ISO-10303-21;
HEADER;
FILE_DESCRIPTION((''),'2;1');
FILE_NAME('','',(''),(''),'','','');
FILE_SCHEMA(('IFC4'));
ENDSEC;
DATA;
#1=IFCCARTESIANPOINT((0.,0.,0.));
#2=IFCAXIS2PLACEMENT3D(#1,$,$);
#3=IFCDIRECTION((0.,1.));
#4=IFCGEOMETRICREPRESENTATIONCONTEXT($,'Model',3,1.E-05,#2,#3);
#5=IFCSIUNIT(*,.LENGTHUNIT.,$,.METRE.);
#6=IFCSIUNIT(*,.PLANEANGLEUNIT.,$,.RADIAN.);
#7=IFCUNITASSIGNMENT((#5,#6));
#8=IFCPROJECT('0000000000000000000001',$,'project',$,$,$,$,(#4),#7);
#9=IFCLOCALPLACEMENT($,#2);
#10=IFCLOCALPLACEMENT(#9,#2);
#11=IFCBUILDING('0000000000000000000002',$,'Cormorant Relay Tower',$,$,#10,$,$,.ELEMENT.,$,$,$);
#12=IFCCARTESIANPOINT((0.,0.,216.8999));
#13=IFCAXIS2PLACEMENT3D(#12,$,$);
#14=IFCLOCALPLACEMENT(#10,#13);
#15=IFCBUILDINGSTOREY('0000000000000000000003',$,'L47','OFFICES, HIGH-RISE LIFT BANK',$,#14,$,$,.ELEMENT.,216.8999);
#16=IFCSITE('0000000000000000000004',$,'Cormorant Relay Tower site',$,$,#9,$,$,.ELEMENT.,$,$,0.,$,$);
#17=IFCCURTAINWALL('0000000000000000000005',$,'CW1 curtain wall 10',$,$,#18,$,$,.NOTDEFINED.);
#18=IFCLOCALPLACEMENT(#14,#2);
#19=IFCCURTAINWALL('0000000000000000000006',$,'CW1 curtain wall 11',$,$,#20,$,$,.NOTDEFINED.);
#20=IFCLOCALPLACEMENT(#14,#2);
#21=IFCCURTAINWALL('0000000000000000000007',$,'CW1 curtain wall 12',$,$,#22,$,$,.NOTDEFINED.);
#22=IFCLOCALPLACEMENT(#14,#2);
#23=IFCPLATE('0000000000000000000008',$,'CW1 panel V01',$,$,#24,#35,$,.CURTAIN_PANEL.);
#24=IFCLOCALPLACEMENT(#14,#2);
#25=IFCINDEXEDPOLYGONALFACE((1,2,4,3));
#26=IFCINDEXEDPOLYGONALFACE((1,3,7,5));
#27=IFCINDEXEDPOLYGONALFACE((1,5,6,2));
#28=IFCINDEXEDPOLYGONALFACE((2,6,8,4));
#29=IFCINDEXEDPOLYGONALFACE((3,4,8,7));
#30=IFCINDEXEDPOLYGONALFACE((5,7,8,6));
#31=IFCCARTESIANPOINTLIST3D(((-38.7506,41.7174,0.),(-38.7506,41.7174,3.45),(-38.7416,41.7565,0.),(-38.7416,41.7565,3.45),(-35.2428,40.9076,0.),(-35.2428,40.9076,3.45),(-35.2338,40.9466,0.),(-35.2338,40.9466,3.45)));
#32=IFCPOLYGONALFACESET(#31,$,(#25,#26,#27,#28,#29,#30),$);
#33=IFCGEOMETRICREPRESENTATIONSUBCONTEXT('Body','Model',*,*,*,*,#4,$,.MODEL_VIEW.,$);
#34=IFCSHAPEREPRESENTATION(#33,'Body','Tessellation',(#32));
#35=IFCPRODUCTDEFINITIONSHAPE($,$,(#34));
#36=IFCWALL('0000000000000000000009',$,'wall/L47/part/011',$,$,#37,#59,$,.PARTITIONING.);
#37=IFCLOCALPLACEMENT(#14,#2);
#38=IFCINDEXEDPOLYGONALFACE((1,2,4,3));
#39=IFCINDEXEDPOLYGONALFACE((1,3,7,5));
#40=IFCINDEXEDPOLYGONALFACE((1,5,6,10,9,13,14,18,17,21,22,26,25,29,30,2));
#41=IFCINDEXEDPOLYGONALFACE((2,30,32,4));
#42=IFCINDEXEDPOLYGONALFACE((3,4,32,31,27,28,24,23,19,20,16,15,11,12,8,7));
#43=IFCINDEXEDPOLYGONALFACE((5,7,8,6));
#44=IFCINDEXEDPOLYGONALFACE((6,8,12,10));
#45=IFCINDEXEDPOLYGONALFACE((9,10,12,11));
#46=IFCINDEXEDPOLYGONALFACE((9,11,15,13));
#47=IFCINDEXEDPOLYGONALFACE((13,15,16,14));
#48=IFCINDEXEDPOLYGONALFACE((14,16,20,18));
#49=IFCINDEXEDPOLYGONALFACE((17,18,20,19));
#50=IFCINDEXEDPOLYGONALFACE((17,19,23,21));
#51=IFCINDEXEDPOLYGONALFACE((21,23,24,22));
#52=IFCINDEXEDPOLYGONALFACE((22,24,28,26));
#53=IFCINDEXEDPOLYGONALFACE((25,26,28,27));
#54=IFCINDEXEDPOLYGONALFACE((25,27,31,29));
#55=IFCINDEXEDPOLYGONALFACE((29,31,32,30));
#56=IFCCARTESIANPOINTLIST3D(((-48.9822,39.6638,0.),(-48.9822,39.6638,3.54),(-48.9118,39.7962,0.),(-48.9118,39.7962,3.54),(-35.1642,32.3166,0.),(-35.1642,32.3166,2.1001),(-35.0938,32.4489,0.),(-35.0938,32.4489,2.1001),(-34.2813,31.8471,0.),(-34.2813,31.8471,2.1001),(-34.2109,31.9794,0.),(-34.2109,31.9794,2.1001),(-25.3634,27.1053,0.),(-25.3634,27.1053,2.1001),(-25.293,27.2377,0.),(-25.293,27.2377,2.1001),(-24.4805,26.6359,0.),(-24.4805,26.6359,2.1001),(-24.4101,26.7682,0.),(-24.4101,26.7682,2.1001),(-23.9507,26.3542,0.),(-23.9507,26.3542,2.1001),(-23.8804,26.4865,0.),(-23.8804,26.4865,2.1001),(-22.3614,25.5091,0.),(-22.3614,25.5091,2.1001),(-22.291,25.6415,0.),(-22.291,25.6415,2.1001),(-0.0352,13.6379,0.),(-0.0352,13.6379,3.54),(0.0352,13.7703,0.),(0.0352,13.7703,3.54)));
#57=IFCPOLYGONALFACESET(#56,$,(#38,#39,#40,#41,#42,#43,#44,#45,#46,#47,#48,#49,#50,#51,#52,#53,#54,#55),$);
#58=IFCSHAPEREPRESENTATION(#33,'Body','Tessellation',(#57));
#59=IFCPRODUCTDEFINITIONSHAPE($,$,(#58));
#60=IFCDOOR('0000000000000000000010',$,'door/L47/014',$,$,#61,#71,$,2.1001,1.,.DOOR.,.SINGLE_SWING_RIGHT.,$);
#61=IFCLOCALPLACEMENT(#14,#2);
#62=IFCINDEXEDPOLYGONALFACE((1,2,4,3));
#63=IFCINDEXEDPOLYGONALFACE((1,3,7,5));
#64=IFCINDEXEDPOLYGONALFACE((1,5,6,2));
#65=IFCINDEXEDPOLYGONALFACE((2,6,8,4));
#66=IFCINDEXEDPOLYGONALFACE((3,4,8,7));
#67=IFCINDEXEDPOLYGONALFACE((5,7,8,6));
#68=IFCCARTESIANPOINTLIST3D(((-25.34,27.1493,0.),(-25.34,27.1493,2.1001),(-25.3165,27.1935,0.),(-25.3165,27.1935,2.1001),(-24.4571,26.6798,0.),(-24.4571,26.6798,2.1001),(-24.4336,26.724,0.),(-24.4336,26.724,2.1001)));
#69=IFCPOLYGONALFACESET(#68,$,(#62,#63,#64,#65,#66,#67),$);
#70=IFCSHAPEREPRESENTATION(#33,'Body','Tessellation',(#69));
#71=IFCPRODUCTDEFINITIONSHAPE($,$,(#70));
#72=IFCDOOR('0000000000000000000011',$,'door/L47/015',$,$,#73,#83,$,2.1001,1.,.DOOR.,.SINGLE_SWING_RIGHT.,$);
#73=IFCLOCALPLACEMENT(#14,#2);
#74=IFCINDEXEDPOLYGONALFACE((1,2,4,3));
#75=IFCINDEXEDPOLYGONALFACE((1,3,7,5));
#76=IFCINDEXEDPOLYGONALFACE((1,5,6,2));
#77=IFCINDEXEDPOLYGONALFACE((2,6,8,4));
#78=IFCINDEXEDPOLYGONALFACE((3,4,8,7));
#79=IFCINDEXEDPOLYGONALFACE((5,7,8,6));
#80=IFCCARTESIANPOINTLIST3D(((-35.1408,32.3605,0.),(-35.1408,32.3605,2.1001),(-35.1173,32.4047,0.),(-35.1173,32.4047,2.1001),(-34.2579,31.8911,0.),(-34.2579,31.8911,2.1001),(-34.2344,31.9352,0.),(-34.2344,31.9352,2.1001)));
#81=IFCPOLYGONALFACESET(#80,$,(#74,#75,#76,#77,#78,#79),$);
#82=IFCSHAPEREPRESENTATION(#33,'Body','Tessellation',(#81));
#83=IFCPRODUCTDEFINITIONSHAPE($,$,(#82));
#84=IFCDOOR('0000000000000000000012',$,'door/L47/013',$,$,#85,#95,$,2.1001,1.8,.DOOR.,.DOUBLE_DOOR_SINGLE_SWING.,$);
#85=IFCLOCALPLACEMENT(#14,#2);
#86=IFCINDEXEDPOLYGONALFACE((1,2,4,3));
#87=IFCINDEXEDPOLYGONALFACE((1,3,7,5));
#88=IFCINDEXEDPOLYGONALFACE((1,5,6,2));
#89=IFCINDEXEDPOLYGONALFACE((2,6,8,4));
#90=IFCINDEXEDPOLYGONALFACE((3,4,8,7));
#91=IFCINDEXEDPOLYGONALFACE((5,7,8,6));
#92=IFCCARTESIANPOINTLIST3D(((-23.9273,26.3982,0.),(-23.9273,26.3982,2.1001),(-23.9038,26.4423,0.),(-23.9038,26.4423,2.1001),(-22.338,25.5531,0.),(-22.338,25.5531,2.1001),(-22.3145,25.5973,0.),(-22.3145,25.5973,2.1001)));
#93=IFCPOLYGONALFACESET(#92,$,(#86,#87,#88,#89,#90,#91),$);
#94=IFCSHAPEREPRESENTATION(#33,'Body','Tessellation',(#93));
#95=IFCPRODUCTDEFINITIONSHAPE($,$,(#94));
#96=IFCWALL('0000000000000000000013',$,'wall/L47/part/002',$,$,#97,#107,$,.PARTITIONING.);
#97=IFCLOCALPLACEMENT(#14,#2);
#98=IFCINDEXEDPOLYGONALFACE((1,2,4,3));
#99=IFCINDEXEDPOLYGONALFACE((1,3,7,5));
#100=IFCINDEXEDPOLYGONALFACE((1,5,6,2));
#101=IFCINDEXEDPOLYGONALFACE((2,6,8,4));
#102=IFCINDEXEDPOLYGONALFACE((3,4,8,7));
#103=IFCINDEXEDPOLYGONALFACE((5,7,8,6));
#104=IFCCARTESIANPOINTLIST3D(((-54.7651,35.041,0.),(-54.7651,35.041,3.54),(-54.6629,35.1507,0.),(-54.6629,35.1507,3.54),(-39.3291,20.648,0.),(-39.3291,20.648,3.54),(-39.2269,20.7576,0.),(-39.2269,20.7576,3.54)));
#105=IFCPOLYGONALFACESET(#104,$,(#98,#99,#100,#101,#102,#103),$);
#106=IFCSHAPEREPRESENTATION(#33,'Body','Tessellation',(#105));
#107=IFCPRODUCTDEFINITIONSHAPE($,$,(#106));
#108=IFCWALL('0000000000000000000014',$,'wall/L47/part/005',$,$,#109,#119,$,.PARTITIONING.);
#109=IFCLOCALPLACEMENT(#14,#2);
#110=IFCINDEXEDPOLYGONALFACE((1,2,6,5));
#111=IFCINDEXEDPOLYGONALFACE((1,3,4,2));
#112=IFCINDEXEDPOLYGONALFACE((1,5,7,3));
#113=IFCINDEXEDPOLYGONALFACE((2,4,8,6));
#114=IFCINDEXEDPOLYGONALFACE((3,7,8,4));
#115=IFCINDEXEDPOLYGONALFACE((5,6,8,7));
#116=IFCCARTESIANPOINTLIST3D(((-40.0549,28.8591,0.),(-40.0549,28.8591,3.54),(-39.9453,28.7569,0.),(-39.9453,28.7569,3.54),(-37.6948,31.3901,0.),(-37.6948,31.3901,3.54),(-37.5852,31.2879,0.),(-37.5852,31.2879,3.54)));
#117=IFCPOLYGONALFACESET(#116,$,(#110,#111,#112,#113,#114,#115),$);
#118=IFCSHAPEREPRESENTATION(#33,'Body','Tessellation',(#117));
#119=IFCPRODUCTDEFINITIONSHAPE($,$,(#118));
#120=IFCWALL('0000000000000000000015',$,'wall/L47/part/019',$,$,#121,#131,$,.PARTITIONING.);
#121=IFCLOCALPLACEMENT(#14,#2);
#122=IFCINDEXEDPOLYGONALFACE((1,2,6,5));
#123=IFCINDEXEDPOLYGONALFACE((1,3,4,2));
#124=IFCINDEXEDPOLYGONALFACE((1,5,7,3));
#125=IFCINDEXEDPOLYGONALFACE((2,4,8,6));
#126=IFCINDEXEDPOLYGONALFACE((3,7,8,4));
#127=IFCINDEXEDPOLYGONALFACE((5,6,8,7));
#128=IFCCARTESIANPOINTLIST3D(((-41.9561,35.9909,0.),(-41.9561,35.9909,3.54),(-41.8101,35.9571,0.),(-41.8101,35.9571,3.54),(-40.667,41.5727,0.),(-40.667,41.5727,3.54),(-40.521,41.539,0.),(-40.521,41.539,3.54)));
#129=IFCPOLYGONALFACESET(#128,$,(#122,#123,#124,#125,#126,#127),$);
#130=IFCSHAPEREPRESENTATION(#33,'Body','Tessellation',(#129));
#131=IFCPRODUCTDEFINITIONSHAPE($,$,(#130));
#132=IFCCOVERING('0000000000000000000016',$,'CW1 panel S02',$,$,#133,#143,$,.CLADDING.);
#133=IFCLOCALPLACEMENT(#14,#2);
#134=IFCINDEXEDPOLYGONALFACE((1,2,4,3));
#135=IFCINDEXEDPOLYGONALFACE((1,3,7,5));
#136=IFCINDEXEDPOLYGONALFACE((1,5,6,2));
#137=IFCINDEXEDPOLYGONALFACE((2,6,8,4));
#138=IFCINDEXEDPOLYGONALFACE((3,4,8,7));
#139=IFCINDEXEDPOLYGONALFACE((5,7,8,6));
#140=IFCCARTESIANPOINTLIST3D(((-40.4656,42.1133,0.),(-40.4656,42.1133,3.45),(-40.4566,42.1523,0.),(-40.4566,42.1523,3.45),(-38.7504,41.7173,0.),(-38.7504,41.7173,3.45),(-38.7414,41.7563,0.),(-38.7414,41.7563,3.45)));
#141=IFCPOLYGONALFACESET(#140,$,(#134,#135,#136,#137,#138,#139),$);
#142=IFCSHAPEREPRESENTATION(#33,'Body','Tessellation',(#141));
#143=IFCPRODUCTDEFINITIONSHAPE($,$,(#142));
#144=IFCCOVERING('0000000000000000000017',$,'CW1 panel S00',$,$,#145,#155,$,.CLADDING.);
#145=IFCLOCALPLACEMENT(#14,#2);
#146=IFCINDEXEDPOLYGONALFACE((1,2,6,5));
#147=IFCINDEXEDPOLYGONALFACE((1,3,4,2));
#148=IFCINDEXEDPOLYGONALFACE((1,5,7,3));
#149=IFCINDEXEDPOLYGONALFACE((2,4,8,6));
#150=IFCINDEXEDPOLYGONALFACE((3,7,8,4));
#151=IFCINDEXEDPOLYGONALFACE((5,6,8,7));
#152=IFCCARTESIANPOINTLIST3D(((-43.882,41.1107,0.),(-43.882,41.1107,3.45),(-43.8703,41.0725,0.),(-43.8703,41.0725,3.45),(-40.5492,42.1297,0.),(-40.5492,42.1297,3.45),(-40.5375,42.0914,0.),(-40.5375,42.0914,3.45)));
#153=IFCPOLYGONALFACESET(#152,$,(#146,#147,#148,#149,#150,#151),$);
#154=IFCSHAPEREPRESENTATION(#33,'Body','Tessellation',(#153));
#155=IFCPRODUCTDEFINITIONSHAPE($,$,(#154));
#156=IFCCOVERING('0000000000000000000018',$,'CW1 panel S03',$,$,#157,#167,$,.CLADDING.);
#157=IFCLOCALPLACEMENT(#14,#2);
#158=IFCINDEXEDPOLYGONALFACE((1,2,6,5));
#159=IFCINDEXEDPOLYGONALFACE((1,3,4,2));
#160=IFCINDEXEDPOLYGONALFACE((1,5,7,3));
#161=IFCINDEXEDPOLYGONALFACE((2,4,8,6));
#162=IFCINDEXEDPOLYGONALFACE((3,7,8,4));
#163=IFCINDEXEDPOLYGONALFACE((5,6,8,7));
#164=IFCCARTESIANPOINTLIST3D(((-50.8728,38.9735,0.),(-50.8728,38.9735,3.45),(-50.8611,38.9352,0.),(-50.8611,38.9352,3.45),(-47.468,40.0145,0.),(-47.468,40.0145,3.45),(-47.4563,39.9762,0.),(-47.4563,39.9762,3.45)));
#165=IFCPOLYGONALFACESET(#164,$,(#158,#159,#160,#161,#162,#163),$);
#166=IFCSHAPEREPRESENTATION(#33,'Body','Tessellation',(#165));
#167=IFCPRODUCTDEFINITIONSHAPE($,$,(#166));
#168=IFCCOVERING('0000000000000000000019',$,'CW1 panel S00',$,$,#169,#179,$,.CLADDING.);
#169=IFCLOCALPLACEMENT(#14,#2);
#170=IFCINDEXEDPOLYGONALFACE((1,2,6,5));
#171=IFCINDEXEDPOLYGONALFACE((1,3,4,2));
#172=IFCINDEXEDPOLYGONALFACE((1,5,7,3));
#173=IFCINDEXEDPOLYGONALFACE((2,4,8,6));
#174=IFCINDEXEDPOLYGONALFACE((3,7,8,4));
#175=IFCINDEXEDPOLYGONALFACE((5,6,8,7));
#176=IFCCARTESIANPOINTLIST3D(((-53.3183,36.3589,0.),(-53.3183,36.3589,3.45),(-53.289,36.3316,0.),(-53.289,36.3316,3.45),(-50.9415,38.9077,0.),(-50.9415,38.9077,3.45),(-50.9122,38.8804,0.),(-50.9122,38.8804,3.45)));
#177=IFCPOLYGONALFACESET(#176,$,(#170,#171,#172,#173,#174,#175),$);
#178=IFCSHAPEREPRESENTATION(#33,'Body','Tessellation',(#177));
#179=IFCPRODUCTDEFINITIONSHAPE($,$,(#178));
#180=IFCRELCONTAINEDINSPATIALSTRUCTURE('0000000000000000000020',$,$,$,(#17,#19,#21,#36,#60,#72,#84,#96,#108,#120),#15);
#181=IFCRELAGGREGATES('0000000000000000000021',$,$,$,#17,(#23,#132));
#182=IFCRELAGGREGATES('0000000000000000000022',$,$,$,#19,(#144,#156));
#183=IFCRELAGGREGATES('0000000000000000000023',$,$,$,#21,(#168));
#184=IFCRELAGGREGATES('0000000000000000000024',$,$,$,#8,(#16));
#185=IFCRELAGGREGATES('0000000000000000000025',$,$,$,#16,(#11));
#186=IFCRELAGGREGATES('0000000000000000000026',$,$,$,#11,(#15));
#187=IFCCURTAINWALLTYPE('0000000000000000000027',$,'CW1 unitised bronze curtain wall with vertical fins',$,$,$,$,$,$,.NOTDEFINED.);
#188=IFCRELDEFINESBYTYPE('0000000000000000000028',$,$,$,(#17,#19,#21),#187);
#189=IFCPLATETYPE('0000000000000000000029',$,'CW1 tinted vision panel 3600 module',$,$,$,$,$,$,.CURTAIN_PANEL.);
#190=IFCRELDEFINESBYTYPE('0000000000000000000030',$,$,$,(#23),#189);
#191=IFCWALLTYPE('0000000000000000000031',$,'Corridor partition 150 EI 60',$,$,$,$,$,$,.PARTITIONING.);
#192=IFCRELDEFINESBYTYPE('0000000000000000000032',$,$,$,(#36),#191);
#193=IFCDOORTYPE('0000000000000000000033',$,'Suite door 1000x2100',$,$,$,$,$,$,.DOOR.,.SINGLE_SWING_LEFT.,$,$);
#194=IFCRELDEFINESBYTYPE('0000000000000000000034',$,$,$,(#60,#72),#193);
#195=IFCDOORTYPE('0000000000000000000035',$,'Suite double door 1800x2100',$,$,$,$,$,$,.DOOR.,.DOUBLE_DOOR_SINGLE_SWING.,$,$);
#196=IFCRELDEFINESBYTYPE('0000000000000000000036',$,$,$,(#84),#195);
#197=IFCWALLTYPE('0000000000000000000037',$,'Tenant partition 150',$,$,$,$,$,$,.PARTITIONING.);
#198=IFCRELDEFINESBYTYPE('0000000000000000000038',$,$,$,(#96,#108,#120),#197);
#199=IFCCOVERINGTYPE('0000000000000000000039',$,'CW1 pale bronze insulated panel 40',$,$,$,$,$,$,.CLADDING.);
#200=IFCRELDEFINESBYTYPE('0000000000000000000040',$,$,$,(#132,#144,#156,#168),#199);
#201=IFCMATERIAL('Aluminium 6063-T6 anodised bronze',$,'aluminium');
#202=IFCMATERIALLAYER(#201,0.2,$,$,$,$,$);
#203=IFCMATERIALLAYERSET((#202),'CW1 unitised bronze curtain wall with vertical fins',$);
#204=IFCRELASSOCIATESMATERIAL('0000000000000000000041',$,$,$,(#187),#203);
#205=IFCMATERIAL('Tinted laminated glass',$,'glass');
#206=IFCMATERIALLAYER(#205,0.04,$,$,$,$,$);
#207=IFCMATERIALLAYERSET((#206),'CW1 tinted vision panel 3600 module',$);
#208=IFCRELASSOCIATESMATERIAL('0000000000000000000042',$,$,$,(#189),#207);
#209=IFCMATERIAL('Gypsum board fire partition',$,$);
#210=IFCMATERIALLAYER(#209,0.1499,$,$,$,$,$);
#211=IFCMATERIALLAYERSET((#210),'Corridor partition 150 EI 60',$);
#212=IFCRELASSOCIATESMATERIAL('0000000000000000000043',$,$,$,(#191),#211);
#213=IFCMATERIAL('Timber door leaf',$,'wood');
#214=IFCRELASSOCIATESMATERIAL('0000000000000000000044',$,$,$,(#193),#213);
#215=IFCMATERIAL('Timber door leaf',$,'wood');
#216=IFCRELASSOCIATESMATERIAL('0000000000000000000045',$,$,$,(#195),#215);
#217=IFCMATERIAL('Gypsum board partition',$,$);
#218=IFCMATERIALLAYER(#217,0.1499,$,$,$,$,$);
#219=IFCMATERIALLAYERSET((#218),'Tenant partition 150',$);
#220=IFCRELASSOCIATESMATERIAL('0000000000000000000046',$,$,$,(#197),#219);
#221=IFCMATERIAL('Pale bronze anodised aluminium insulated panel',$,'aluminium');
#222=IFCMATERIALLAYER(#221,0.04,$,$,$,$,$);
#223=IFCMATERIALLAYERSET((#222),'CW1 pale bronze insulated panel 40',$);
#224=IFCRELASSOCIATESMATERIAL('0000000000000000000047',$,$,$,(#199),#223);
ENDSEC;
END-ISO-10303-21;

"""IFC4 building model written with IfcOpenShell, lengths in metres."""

from ifc_helpers import new_model, si_unit, direction, frame, frame_2d, origin, origin_2d, place, context, subcontext, project, spatial, rectangle, extrude, material, layer, layer_set, type_object, element, fill, aggregate, save


model = new_model("IFC4")

# Units and contexts
model_context = context("Model", 3, precision=1e-05, world=origin(), true_north=direction((0.0, 1.0)))
body_context = subcontext(model_context, "Body", "Model", "MODEL_VIEW")
ifc_project = project(units=[si_unit("LENGTHUNIT", "METRE"), si_unit("PLANEANGLEUNIT", "RADIAN")], contexts=[model_context])

# Site, building, storey
site_placement = place(None, origin())
site = spatial("IfcSite", under=ifc_project, at=site_placement, Name="Cormorant Relay Tower site", CompositionType="ELEMENT", RefElevation=0.0)
building_placement = place(site_placement, origin())
building = spatial("IfcBuilding", under=site, at=building_placement, Name="Cormorant Relay Tower", CompositionType="ELEMENT")
storey_placement = place(building_placement, frame((0.0, 0.0, 216.8999)))
storey = spatial("IfcBuildingStorey", under=building, at=storey_placement, Name="L47", Description="OFFICES, HIGH-RISE LIFT BANK", CompositionType="ELEMENT", Elevation=216.8999)

# Curtain wall
ifc_material_1 = material(Name="Aluminium 6063-T6 anodised bronze", Category="aluminium")
ifc_layer_1 = layer(ifc_material_1, 0.2)
ifc_layer_set_1 = layer_set([ifc_layer_1], Name="CW1 unitised bronze curtain wall with vertical fins")
curtain_wall_type = type_object("IfcCurtainWallType", Name="CW1 unitised bronze curtain wall with vertical fins", PredefinedType="NOTDEFINED", material=ifc_layer_set_1)
curtain_wall_1_placement = place(storey_placement, origin())
curtain_wall_1 = element("IfcCurtainWall", 1, at=curtain_wall_1_placement, inside=storey, type_object=curtain_wall_type, Name="CW1 curtain wall 10", PredefinedType="NOTDEFINED")

# Curtain walls
curtain_wall_2_placement = place(storey_placement, origin())
curtain_wall_2 = element("IfcCurtainWall", 2, at=curtain_wall_2_placement, inside=storey, type_object=curtain_wall_type, Name="CW1 curtain wall 11", PredefinedType="NOTDEFINED")
curtain_wall_3_placement = place(storey_placement, origin())
curtain_wall_3 = element("IfcCurtainWall", 3, at=curtain_wall_3_placement, inside=storey, type_object=curtain_wall_type, Name="CW1 curtain wall 12", PredefinedType="NOTDEFINED")

# Plate
ifc_material_2 = material(Name="Tinted laminated glass", Category="glass")
ifc_layer_2 = layer(ifc_material_2, 0.04)
ifc_layer_set_2 = layer_set([ifc_layer_2], Name="CW1 tinted vision panel 3600 module")
plate_type_1 = type_object("IfcPlateType", Name="CW1 tinted vision panel 3600 module", PredefinedType="CURTAIN_PANEL", material=ifc_layer_set_2)
plate_1_placement = place(storey_placement, frame((-36.9922, 41.332, 0.0), z_axis=(0.0, 0.0, 1.0), x_axis=(-0.97437, 0.224951, 0.0)))
plate_1 = element("IfcPlate", 4, at=plate_1_placement, type_object=plate_type_1, Name="CW1 panel V01", PredefinedType="CURTAIN_PANEL", context=body_context, shape_type="SweptSolid", body=[
    extrude(rectangle(XDim=3.6001, YDim=0.04, at=origin_2d()), origin(), (0.0, 0.0, 1.0), 3.45),
])

# Wall, openings, doors
ifc_material_3 = material(Name="Gypsum board fire partition")
ifc_layer_3 = layer(ifc_material_3, 0.1499)
ifc_layer_set_3 = layer_set([ifc_layer_3], Name="Corridor partition 150 EI 60")
wall_type_1 = type_object("IfcWallType", Name="Corridor partition 150 EI 60", PredefinedType="PARTITIONING", material=ifc_layer_set_3)
wall_1_placement = place(storey_placement, frame((-48.947, 39.73, 0.0), z_axis=(0.0, 0.0, 1.0), x_axis=(0.882945, -0.469476, 0.0)))
wall_1 = element("IfcWall", 5, at=wall_1_placement, inside=storey, type_object=wall_type_1, Name="wall/L47/part/011", PredefinedType="PARTITIONING", context=body_context, shape_type="SweptSolid", body=[
    extrude(rectangle(XDim=55.436, YDim=0.1499, at=frame_2d((27.718, 0.0))), origin(), (0.0, 0.0, 1.0), 3.54),
])
opening_1_placement = place(wall_1_placement, frame((28.3501, 0.0, 0.0)))
opening_1 = element("IfcOpeningElement", 6, at=opening_1_placement, cuts=wall_1, PredefinedType="OPENING", context=body_context, shape_type="SweptSolid", body=[
    extrude(rectangle(XDim=1.8, YDim=2.1001, at=frame_2d((0.8999, 1.05))), frame((0.0, 0.085, 0.0), z_axis=(0.0, -1.0, 0.0), x_axis=(1.0, 0.0, 0.0)), (0.0, 0.0, 1.0), 0.1699),
])
opening_2_placement = place(wall_1_placement, frame((26.75, 0.0, 0.0)))
opening_2 = element("IfcOpeningElement", 7, at=opening_2_placement, cuts=wall_1, PredefinedType="OPENING", context=body_context, shape_type="SweptSolid", body=[
    extrude(rectangle(XDim=1.0, YDim=2.1001, at=frame_2d((0.5, 1.05))), frame((0.0, 0.085, 0.0), z_axis=(0.0, -1.0, 0.0), x_axis=(1.0, 0.0, 0.0)), (0.0, 0.0, 1.0), 0.1699),
])
opening_3_placement = place(wall_1_placement, frame((15.6499, 0.0, 0.0)))
opening_3 = element("IfcOpeningElement", 8, at=opening_3_placement, cuts=wall_1, PredefinedType="OPENING", context=body_context, shape_type="SweptSolid", body=[
    extrude(rectangle(XDim=1.0, YDim=2.1001, at=frame_2d((0.5, 1.05))), frame((0.0, 0.085, 0.0), z_axis=(0.0, -1.0, 0.0), x_axis=(1.0, 0.0, 0.0)), (0.0, 0.0, 1.0), 0.1699),
])
ifc_material_4 = material(Name="Timber door leaf", Category="wood")
door_type_1 = type_object("IfcDoorType", Name="Suite door 1000x2100", OperationType="SINGLE_SWING_LEFT", PredefinedType="DOOR", material=ifc_material_4)
door_1_placement = place(opening_2_placement, origin())
door_1 = element("IfcDoor", 9, at=door_1_placement, inside=storey, type_object=door_type_1, Name="door/L47/014", OperationType="SINGLE_SWING_RIGHT", OverallHeight=2.1001, OverallWidth=1.0, PredefinedType="DOOR", context=body_context, shape_type="SweptSolid", body=[
    extrude(rectangle(XDim=1.0, YDim=2.1001, at=frame_2d((0.5, 1.05))), frame((0.0, 0.0249, 0.0), z_axis=(0.0, -1.0, 0.0), x_axis=(1.0, 0.0, 0.0)), (0.0, 0.0, 1.0), 0.05),
])
fill(opening_2, door_1)
door_2_placement = place(opening_3_placement, origin())
door_2 = element("IfcDoor", 10, at=door_2_placement, inside=storey, type_object=door_type_1, Name="door/L47/015", OperationType="SINGLE_SWING_RIGHT", OverallHeight=2.1001, OverallWidth=1.0, PredefinedType="DOOR", context=body_context, shape_type="SweptSolid", body=[
    extrude(rectangle(XDim=1.0, YDim=2.1001, at=frame_2d((0.5, 1.05))), frame((0.0, 0.0249, 0.0), z_axis=(0.0, -1.0, 0.0), x_axis=(1.0, 0.0, 0.0)), (0.0, 0.0, 1.0), 0.05),
])
fill(opening_3, door_2)
ifc_material_5 = material(Name="Timber door leaf", Category="wood")
door_type_2 = type_object("IfcDoorType", Name="Suite double door 1800x2100", OperationType="DOUBLE_DOOR_SINGLE_SWING", PredefinedType="DOOR", material=ifc_material_5)
door_3_placement = place(opening_1_placement, origin())
door_3 = element("IfcDoor", 11, at=door_3_placement, inside=storey, type_object=door_type_2, Name="door/L47/013", OperationType="DOUBLE_DOOR_SINGLE_SWING", OverallHeight=2.1001, OverallWidth=1.8, PredefinedType="DOOR", context=body_context, shape_type="SweptSolid", body=[
    extrude(rectangle(XDim=1.8, YDim=2.1001, at=frame_2d((0.8999, 1.05))), frame((0.0, 0.0249, 0.0), z_axis=(0.0, -1.0, 0.0), x_axis=(1.0, 0.0, 0.0)), (0.0, 0.0, 1.0), 0.05),
])
fill(opening_1, door_3)

# Walls
ifc_material_6 = material(Name="Gypsum board partition")
ifc_layer_4 = layer(ifc_material_6, 0.1499)
ifc_layer_set_4 = layer_set([ifc_layer_4], Name="Tenant partition 150")
wall_type_2 = type_object("IfcWallType", Name="Tenant partition 150", PredefinedType="PARTITIONING", material=ifc_layer_set_4)
wall_2_placement = place(storey_placement, frame((-54.7141, 35.0959, 0.0), z_axis=(0.0, 0.0, 1.0), x_axis=(0.731384, -0.681966, 0.0)))
element("IfcWall", 12, at=wall_2_placement, inside=storey, type_object=wall_type_2, Name="wall/L47/part/002", PredefinedType="PARTITIONING", context=body_context, shape_type="SweptSolid", body=[
    extrude(rectangle(XDim=21.1052, YDim=0.1499, at=frame_2d((10.5527, 0.0))), origin(), (0.0, 0.0, 1.0), 3.54),
])
wall_3_placement = place(storey_placement, frame((-37.6399, 31.3391, 0.0), z_axis=(0.0, 0.0, 1.0), x_axis=(-0.681984, -0.731367, 0.0)))
element("IfcWall", 13, at=wall_3_placement, inside=storey, type_object=wall_type_2, Name="wall/L47/part/005", PredefinedType="PARTITIONING", context=body_context, shape_type="SweptSolid", body=[
    extrude(rectangle(XDim=3.4607, YDim=0.1499, at=frame_2d((1.7305, 0.0))), origin(), (0.0, 0.0, 1.0), 3.54),
])
wall_4_placement = place(storey_placement, frame((-41.8831, 35.9741, 0.0), z_axis=(0.0, 0.0, 1.0), x_axis=(0.225018, 0.974355, 0.0)))
element("IfcWall", 14, at=wall_4_placement, inside=storey, type_object=wall_type_2, Name="wall/L47/part/019", PredefinedType="PARTITIONING", context=body_context, shape_type="SweptSolid", body=[
    extrude(rectangle(XDim=5.7288, YDim=0.1499, at=frame_2d((2.8643, 0.0))), origin(), (0.0, 0.0, 1.0), 3.54),
])

# Coverings
ifc_material_7 = material(Name="Pale bronze anodised aluminium insulated panel", Category="aluminium")
ifc_layer_5 = layer(ifc_material_7, 0.04)
ifc_layer_set_5 = layer_set([ifc_layer_5], Name="CW1 pale bronze insulated panel 40")
covering_type = type_object("IfcCoveringType", Name="CW1 pale bronze insulated panel 40", PredefinedType="CLADDING", material=ifc_layer_set_5)
covering_1_placement = place(storey_placement, frame((-39.6035, 41.9348, 0.0), z_axis=(0.0, 0.0, 1.0), x_axis=(-0.97437, 0.224951, 0.0)))
covering_1 = element("IfcCovering", 15, at=covering_1_placement, type_object=covering_type, Name="CW1 panel S02", PredefinedType="CLADDING", context=body_context, shape_type="SweptSolid", body=[
    extrude(rectangle(XDim=1.7603, YDim=0.04, at=origin_2d()), origin(), (0.0, 0.0, 1.0), 3.45),
])
aggregate(curtain_wall_1, [plate_1, covering_1])
covering_2_placement = place(storey_placement, frame((-42.2097, 41.6011, 0.0), z_axis=(0.0, 0.0, 1.0), x_axis=(-0.956305, -0.292372, 0.0)))
covering_2 = element("IfcCovering", 16, at=covering_2_placement, type_object=covering_type, Name="CW1 panel S00", PredefinedType="CLADDING", context=body_context, shape_type="SweptSolid", body=[
    extrude(rectangle(XDim=3.4851, YDim=0.04, at=origin_2d()), origin(), (0.0, 0.0, 1.0), 3.45),
])
covering_3_placement = place(storey_placement, frame((-49.1646, 39.4749, 0.0), z_axis=(0.0, 0.0, 1.0), x_axis=(-0.956305, -0.292372, 0.0)))
covering_3 = element("IfcCovering", 17, at=covering_3_placement, type_object=covering_type, Name="CW1 panel S03", PredefinedType="CLADDING", context=body_context, shape_type="SweptSolid", body=[
    extrude(rectangle(XDim=3.5603, YDim=0.04, at=origin_2d()), origin(), (0.0, 0.0, 1.0), 3.45),
])
aggregate(curtain_wall_2, [covering_2, covering_3])
covering_4_placement = place(storey_placement, frame((-52.1152, 37.6196, 0.0), z_axis=(0.0, 0.0, 1.0), x_axis=(-0.681998, -0.731354, 0.0)))
covering_4 = element("IfcCovering", 18, at=covering_4_placement, type_object=covering_type, Name="CW1 panel S00", PredefinedType="CLADDING", context=body_context, shape_type="SweptSolid", body=[
    extrude(rectangle(XDim=3.4851, YDim=0.04, at=origin_2d()), origin(), (0.0, 0.0, 1.0), 3.45),
])
aggregate(curtain_wall_3, [covering_4])

save(model, "model.ifc")
